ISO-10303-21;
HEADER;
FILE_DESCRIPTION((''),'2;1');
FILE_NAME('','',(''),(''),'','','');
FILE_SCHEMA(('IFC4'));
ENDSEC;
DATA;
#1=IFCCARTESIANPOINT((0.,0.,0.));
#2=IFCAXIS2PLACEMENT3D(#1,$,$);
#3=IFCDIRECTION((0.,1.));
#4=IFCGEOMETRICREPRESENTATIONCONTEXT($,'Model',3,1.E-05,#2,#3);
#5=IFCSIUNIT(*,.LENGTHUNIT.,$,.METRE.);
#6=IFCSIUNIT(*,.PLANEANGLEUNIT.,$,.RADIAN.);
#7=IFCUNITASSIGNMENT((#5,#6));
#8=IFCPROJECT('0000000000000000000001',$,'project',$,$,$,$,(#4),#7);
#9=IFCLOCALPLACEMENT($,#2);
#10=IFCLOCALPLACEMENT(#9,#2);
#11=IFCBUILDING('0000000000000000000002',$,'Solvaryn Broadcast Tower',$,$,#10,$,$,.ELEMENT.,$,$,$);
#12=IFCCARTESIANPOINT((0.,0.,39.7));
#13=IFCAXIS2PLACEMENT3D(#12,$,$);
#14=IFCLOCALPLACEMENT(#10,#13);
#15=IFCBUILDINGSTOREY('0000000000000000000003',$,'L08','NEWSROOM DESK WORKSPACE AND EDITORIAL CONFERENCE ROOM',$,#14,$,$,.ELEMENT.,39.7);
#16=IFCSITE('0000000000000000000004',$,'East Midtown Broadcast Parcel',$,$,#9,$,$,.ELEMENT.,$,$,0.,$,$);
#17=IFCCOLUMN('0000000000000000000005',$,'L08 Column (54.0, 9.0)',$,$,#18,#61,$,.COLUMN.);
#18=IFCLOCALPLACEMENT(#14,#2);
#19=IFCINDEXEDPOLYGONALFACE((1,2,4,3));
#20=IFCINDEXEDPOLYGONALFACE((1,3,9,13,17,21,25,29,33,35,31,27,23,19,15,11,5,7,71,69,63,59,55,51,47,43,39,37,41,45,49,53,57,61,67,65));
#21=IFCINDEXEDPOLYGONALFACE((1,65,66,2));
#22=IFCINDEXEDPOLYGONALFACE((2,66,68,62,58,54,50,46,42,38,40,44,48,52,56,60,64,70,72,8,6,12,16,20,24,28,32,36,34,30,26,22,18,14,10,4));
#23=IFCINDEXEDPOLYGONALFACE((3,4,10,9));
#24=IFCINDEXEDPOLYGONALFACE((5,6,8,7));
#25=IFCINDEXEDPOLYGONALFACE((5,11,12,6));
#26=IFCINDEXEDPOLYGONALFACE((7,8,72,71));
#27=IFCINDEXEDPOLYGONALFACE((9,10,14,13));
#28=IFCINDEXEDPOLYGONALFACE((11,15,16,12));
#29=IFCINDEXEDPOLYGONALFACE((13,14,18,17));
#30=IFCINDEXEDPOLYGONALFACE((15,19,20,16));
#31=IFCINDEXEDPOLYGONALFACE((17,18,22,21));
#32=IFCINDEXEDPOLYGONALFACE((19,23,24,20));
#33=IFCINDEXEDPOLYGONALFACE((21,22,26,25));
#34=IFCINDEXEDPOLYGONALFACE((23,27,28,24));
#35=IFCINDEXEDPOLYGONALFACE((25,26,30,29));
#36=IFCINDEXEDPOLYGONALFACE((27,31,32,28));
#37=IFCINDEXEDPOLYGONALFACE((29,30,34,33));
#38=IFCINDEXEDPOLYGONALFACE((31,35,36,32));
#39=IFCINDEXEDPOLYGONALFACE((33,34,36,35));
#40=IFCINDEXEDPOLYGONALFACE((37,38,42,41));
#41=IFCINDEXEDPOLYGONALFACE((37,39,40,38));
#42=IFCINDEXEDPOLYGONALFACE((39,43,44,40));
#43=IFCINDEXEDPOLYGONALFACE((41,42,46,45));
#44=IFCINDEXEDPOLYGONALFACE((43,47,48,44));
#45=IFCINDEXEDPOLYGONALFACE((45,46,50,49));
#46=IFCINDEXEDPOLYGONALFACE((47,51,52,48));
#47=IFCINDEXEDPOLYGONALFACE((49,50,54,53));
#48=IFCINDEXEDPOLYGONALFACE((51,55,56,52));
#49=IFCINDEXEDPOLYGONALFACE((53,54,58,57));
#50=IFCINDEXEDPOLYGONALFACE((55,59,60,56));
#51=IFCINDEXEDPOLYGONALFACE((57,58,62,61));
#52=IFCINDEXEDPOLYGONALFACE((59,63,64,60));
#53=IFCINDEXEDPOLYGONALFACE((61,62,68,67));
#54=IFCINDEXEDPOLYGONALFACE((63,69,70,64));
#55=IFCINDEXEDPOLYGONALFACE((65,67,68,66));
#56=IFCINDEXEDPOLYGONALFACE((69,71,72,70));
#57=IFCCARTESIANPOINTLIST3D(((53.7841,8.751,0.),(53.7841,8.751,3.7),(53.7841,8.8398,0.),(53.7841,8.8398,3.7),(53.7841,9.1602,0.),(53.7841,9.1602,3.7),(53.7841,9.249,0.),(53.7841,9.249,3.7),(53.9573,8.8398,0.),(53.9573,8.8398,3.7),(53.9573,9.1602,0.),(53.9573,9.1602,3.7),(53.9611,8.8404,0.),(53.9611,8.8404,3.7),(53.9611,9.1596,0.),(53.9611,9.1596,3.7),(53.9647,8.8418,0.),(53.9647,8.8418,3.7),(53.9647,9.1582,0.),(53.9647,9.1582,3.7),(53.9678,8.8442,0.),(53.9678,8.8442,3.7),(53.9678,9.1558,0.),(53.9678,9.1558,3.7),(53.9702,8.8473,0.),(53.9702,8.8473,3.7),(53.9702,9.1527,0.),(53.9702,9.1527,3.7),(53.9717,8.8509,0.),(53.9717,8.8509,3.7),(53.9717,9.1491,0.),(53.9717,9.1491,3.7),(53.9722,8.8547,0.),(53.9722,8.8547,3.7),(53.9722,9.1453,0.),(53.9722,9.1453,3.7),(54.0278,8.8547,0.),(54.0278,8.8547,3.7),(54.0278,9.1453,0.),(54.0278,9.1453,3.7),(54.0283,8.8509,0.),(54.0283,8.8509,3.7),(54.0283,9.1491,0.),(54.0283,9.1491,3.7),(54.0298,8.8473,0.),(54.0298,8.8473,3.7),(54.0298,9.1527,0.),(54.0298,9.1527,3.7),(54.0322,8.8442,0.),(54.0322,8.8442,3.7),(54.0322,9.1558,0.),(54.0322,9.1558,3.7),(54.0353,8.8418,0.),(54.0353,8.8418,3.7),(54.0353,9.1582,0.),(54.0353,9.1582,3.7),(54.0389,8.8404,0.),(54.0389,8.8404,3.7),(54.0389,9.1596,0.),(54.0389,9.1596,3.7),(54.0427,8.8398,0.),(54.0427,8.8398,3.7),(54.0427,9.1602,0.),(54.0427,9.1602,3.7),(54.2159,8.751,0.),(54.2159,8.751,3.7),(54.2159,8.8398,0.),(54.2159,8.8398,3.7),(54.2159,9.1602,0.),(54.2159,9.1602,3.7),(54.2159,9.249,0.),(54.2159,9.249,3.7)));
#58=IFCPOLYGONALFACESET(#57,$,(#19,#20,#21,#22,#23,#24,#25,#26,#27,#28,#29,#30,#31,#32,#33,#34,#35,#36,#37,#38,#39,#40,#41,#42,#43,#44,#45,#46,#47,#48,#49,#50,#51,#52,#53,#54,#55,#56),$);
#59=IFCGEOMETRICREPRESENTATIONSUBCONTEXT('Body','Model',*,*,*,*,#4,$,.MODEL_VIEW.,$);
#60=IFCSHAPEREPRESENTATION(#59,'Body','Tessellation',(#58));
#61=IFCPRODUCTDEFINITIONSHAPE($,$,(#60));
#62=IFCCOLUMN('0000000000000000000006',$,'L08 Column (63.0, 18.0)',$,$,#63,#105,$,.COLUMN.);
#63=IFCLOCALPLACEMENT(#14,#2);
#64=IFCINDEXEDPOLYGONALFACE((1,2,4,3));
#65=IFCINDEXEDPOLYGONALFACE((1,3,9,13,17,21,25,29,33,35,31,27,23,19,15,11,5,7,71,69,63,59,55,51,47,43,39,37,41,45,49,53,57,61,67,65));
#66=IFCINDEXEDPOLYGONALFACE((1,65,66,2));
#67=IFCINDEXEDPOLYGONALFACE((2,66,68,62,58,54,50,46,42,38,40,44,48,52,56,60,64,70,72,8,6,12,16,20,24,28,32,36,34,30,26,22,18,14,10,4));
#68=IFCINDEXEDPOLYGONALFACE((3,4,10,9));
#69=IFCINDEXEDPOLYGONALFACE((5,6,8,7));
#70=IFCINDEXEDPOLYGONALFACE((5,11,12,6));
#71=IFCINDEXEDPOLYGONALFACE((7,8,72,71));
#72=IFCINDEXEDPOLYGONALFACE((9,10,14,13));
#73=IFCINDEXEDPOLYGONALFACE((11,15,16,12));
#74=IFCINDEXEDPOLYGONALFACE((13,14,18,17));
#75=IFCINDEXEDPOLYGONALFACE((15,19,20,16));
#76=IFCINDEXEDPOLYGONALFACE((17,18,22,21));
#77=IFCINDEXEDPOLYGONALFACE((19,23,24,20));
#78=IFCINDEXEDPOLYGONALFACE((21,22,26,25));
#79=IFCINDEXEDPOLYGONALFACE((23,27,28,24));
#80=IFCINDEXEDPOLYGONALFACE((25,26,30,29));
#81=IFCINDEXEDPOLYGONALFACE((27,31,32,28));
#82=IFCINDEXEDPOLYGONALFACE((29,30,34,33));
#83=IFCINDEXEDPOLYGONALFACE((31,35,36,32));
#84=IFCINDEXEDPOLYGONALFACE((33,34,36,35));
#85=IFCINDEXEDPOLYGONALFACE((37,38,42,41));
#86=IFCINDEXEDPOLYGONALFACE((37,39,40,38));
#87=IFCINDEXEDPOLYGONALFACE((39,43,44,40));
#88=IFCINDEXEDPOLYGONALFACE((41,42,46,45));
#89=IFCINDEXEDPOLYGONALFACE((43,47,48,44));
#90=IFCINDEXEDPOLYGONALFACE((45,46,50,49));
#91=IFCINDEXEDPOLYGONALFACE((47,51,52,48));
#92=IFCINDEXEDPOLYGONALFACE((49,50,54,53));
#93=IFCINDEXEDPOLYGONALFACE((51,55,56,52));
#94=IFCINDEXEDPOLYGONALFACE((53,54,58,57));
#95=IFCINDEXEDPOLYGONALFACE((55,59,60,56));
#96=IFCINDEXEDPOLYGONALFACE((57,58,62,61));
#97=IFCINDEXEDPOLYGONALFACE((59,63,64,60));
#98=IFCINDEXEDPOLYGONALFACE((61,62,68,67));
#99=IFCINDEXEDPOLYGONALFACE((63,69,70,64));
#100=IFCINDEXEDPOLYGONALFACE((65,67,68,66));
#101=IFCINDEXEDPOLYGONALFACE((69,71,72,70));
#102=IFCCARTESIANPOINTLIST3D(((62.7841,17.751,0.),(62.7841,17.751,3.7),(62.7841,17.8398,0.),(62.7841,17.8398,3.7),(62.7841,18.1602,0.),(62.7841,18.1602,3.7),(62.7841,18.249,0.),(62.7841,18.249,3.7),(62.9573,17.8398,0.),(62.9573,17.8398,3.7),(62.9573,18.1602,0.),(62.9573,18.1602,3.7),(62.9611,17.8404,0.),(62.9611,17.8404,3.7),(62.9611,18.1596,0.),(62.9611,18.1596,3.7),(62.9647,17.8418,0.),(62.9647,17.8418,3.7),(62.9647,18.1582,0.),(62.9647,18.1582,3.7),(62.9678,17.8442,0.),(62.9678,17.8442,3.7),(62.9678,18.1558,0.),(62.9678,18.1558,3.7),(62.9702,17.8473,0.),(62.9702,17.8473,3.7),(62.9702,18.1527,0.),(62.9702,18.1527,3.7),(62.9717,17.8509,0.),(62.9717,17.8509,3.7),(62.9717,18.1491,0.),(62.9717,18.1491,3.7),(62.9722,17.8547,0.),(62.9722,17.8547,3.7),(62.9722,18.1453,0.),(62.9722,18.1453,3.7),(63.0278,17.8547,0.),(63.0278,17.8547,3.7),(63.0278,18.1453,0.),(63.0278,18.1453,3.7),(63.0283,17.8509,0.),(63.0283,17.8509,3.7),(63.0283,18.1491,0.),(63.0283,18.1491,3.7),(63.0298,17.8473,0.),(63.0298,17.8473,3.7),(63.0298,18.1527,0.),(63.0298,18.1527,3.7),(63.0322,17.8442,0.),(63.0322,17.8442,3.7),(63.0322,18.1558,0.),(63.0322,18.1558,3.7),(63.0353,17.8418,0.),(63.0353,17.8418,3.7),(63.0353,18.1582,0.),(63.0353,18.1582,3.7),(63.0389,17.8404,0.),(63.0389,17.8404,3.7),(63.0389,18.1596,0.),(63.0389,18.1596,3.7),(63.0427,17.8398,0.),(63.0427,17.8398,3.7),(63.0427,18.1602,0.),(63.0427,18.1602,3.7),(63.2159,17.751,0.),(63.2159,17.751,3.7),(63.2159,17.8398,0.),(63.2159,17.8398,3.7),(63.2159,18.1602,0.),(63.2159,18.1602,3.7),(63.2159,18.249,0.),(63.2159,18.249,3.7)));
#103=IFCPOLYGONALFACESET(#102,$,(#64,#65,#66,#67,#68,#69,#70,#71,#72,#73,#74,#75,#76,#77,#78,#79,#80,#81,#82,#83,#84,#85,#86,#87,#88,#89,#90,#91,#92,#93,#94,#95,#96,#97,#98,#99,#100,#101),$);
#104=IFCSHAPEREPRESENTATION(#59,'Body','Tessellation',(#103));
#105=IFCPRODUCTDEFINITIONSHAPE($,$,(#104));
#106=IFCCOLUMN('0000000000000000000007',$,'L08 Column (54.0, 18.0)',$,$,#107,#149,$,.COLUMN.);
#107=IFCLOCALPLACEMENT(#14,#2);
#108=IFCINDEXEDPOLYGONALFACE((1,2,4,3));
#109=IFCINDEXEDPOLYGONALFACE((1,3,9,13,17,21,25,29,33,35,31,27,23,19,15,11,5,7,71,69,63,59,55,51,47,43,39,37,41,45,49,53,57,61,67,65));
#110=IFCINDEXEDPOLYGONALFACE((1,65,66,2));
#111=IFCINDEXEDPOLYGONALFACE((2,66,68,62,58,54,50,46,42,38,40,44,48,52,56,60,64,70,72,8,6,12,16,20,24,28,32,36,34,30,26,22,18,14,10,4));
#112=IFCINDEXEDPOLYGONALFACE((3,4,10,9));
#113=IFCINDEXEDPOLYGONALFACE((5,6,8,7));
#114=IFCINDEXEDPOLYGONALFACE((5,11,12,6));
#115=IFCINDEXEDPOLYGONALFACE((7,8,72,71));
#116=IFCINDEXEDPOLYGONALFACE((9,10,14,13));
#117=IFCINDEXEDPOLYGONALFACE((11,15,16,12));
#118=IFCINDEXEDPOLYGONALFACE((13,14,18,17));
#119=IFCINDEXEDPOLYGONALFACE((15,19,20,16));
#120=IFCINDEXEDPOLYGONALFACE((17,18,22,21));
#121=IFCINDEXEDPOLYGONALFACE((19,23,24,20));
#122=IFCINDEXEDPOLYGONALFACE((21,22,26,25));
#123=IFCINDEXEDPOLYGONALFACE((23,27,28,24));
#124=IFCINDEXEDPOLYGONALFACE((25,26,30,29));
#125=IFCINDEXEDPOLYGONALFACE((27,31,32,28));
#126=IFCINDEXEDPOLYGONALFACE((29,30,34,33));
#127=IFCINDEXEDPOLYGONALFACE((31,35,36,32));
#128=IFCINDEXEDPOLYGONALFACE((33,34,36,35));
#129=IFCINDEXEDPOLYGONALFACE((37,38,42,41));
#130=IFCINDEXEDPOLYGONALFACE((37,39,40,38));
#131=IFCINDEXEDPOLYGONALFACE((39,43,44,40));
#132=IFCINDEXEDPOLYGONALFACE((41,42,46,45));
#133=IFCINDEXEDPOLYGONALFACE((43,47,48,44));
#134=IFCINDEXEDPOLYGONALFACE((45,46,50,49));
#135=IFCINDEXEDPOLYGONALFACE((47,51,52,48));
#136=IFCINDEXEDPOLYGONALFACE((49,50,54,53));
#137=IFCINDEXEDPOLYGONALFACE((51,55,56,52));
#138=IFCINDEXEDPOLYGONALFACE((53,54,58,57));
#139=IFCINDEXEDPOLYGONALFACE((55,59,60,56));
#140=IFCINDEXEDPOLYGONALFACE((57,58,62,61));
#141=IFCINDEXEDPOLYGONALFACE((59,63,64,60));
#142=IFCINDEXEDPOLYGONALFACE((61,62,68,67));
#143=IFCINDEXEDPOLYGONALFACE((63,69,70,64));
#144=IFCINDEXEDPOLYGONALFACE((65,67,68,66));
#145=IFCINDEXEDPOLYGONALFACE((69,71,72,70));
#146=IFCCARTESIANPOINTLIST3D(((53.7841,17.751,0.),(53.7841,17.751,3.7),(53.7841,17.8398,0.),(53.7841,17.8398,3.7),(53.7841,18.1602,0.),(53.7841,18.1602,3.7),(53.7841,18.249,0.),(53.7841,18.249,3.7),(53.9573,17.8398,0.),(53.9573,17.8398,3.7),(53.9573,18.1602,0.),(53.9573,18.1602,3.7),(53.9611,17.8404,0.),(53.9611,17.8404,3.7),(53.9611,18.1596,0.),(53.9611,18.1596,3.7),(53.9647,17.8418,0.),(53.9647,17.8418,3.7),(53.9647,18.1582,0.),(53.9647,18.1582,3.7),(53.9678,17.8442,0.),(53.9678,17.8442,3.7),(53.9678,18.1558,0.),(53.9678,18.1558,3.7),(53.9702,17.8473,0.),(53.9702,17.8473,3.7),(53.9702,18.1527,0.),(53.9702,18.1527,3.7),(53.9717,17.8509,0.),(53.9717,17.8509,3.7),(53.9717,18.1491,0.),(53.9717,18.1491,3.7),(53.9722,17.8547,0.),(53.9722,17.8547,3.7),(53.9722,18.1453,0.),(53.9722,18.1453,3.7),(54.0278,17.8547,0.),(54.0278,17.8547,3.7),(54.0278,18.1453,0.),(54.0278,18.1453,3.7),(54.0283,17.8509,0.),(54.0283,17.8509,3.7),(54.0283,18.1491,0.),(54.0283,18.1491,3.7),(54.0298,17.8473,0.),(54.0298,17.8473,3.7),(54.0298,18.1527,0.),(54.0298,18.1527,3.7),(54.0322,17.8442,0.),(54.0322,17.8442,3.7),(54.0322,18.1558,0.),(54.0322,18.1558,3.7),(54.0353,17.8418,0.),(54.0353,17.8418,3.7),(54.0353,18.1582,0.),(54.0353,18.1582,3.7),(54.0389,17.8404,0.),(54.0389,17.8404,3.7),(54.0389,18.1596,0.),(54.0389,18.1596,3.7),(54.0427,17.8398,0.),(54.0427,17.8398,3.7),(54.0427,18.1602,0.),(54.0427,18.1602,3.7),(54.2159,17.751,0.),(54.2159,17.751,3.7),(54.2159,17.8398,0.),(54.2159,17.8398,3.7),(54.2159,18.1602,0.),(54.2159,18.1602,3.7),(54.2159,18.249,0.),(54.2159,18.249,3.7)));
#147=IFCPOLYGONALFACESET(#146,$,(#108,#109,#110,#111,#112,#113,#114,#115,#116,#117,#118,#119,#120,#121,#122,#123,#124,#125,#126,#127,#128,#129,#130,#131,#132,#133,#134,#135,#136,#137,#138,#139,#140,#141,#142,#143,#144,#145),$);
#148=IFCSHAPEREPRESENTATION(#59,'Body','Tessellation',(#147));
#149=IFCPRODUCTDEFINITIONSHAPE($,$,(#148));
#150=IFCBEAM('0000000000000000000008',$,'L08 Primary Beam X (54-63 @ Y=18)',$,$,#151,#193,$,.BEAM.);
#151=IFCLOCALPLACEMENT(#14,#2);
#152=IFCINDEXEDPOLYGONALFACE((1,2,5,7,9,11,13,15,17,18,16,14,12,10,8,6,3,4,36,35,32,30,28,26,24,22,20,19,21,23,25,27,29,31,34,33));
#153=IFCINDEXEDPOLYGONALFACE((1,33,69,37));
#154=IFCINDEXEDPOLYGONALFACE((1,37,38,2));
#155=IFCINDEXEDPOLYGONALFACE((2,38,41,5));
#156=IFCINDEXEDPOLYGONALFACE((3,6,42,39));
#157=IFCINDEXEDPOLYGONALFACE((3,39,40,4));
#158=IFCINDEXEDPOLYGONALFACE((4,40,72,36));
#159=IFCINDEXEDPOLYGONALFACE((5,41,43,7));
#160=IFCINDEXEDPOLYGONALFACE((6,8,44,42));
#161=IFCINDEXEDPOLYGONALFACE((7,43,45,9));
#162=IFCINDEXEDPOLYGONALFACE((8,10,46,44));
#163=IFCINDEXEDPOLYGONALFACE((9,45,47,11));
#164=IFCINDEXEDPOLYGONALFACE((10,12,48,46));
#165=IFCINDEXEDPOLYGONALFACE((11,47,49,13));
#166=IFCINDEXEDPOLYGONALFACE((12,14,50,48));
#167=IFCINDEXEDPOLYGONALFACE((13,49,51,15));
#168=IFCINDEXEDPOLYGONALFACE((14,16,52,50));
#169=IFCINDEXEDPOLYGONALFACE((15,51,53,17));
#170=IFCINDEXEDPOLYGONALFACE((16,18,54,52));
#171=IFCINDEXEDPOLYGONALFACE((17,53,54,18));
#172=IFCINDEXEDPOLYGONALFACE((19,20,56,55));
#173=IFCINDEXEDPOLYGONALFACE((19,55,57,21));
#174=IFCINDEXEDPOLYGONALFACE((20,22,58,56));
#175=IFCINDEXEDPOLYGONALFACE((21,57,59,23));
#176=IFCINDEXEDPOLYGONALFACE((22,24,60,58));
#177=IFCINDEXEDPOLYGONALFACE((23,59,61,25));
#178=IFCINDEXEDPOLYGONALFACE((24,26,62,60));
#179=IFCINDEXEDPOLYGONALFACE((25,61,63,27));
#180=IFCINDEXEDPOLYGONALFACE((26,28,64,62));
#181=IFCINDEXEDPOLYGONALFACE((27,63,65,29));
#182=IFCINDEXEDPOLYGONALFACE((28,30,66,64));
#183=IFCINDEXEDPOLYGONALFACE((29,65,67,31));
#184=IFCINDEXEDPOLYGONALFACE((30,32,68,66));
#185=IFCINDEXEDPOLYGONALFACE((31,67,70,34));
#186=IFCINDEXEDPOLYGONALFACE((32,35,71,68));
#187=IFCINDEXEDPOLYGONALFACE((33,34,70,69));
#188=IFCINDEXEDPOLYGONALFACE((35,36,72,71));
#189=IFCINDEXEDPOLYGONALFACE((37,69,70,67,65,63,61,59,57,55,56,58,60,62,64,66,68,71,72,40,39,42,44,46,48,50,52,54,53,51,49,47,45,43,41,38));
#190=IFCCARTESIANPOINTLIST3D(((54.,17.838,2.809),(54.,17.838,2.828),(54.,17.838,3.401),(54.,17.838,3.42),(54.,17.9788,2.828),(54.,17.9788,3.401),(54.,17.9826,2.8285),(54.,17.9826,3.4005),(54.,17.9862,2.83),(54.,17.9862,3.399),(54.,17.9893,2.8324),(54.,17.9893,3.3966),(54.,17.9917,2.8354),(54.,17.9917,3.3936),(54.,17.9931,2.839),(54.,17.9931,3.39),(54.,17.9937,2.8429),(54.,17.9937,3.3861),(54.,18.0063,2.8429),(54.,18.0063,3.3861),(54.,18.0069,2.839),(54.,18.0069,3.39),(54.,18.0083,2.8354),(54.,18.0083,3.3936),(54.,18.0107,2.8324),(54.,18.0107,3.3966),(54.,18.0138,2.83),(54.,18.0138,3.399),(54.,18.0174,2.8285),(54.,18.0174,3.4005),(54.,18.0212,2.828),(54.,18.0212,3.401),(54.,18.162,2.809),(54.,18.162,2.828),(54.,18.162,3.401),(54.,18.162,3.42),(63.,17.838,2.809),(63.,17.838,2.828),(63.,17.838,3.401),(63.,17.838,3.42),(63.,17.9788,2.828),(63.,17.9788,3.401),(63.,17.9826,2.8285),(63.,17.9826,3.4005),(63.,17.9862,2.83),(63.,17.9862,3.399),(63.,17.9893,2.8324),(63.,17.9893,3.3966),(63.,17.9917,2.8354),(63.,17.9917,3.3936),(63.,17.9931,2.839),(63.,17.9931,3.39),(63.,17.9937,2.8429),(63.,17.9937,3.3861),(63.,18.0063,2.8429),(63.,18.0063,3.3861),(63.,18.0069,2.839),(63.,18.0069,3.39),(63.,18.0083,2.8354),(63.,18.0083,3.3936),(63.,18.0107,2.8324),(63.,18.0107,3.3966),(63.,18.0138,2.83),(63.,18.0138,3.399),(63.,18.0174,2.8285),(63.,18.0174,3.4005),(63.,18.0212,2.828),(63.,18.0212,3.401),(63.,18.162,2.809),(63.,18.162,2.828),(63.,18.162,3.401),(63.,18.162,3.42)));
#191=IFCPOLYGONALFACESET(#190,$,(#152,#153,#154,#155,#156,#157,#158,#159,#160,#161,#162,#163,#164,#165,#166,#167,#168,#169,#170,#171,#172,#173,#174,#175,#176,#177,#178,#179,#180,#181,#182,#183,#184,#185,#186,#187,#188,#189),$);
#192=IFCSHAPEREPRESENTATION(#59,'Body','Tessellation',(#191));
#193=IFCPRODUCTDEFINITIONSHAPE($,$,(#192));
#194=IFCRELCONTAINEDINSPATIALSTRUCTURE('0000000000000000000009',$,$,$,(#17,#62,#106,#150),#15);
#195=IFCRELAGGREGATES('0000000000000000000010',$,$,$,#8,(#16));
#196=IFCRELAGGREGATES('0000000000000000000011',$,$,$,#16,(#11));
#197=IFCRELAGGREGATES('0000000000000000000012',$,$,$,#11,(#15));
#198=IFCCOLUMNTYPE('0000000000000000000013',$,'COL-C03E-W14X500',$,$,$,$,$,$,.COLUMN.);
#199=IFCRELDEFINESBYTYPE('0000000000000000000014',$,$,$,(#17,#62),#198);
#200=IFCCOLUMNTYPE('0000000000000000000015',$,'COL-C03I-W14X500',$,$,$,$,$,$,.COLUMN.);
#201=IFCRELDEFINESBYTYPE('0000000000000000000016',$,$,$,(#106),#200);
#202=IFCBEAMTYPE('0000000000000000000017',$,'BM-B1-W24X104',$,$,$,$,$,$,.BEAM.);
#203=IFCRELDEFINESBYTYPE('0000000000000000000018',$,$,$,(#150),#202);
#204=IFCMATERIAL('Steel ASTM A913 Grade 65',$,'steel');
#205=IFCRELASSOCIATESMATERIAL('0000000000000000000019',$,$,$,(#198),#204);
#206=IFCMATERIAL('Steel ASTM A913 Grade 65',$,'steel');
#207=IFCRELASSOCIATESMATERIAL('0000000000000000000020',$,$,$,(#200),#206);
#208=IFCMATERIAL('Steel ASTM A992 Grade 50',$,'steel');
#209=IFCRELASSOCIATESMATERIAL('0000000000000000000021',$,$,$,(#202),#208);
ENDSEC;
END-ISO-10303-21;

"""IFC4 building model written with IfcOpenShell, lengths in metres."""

from ifc_helpers import new_model, si_unit, direction, frame, origin, origin_2d, place, context, subcontext, project, spatial, i_section, extrude, material, material_profile, profile_set, type_object, element, save


model = new_model("IFC4")

# Units and contexts
model_context = context("Model", 3, precision=1e-05, world=origin(), true_north=direction((0.0, 1.0)))
body_context = subcontext(model_context, "Body", "Model", "MODEL_VIEW")
ifc_project = project(units=[si_unit("LENGTHUNIT", "METRE"), si_unit("PLANEANGLEUNIT", "RADIAN")], contexts=[model_context])

# Site, building, storey
site_placement = place(None, origin())
site = spatial("IfcSite", under=ifc_project, at=site_placement, Name="East Midtown Broadcast Parcel", CompositionType="ELEMENT", RefElevation=0.0)
building_placement = place(site_placement, origin())
building = spatial("IfcBuilding", under=site, at=building_placement, Name="Solvaryn Broadcast Tower", CompositionType="ELEMENT")
storey_placement = place(building_placement, frame((0.0, 0.0, 39.7)))
storey = spatial("IfcBuildingStorey", under=building, at=storey_placement, Name="L08", Description="NEWSROOM DESK WORKSPACE AND EDITORIAL CONFERENCE ROOM", CompositionType="ELEMENT", Elevation=39.7)

# Columns
ifc_material_1 = material(Name="Steel ASTM A913 Grade 65", Category="steel")
ifc_material_profile_1 = material_profile(ifc_material_1, i_section(OverallWidth=0.4319, OverallDepth=0.498, WebThickness=0.0557, FlangeThickness=0.0889, FilletRadius=0.0149, at=origin_2d()))
ifc_profile_set_1 = profile_set([ifc_material_profile_1], Name="Steel ASTM A913 Grade 65")
column_type_1 = type_object("IfcColumnType", Name="COL-C03E-W14X500", PredefinedType="COLUMN", material=ifc_profile_set_1)
for number, where, z_axis, x_axis, name in (
    (1, (54.0, 9.0, 0.0), (0.0, 0.0, 1.0), (1.0, 0.0, 0.0), "L08 Column (54.0, 9.0)"),
    (2, (63.0, 18.0, 0.0), (0.0, 0.0, 1.0), (1.0, 0.0, 0.0), "L08 Column (63.0, 18.0)"),
):
    element("IfcColumn", number, at=place(storey_placement, frame(where, z_axis=z_axis, x_axis=x_axis)), inside=storey, type_object=column_type_1, Name=name, PredefinedType="COLUMN", context=body_context, shape_type="SweptSolid", body=[
        extrude(i_section(OverallWidth=0.4319, OverallDepth=0.498, WebThickness=0.0557, FlangeThickness=0.0889, FilletRadius=0.0149, at=origin_2d()), origin(), (0.0, 0.0, 1.0), 3.7),
    ])
ifc_material_2 = material(Name="Steel ASTM A913 Grade 65", Category="steel")
ifc_material_profile_2 = material_profile(ifc_material_2, i_section(OverallWidth=0.4319, OverallDepth=0.498, WebThickness=0.0557, FlangeThickness=0.0889, FilletRadius=0.0149, at=origin_2d()))
ifc_profile_set_2 = profile_set([ifc_material_profile_2], Name="Steel ASTM A913 Grade 65")
column_type_2 = type_object("IfcColumnType", Name="COL-C03I-W14X500", PredefinedType="COLUMN", material=ifc_profile_set_2)
column_placement = place(storey_placement, frame((54.0, 18.0, 0.0), z_axis=(0.0, 0.0, 1.0), x_axis=(1.0, 0.0, 0.0)))
element("IfcColumn", 3, at=column_placement, inside=storey, type_object=column_type_2, Name="L08 Column (54.0, 18.0)", PredefinedType="COLUMN", context=body_context, shape_type="SweptSolid", body=[
    extrude(i_section(OverallWidth=0.4319, OverallDepth=0.498, WebThickness=0.0557, FlangeThickness=0.0889, FilletRadius=0.0149, at=origin_2d()), origin(), (0.0, 0.0, 1.0), 3.7),
])

# Beam
ifc_material_3 = material(Name="Steel ASTM A992 Grade 50", Category="steel")
ifc_material_profile_3 = material_profile(ifc_material_3, i_section(OverallWidth=0.324, OverallDepth=0.6111, WebThickness=0.0127, FlangeThickness=0.019, FilletRadius=0.0149, at=origin_2d()))
ifc_profile_set_3 = profile_set([ifc_material_profile_3], Name="Steel ASTM A992 Grade 50")
beam_type = type_object("IfcBeamType", Name="BM-B1-W24X104", PredefinedType="BEAM", material=ifc_profile_set_3)
beam_placement = place(storey_placement, frame((54.0, 18.0, 3.1145), z_axis=(1.0, 0.0, 0.0), x_axis=(0.0, 1.0, 0.0)))
element("IfcBeam", 4, at=beam_placement, inside=storey, type_object=beam_type, Name="L08 Primary Beam X (54-63 @ Y=18)", PredefinedType="BEAM", context=body_context, shape_type="SweptSolid", body=[
    extrude(i_section(OverallWidth=0.324, OverallDepth=0.6111, WebThickness=0.0127, FlangeThickness=0.019, FilletRadius=0.0149, at=origin_2d()), origin(), (0.0, 0.0, 1.0), 9.0),
])

save(model, "model.ifc")
